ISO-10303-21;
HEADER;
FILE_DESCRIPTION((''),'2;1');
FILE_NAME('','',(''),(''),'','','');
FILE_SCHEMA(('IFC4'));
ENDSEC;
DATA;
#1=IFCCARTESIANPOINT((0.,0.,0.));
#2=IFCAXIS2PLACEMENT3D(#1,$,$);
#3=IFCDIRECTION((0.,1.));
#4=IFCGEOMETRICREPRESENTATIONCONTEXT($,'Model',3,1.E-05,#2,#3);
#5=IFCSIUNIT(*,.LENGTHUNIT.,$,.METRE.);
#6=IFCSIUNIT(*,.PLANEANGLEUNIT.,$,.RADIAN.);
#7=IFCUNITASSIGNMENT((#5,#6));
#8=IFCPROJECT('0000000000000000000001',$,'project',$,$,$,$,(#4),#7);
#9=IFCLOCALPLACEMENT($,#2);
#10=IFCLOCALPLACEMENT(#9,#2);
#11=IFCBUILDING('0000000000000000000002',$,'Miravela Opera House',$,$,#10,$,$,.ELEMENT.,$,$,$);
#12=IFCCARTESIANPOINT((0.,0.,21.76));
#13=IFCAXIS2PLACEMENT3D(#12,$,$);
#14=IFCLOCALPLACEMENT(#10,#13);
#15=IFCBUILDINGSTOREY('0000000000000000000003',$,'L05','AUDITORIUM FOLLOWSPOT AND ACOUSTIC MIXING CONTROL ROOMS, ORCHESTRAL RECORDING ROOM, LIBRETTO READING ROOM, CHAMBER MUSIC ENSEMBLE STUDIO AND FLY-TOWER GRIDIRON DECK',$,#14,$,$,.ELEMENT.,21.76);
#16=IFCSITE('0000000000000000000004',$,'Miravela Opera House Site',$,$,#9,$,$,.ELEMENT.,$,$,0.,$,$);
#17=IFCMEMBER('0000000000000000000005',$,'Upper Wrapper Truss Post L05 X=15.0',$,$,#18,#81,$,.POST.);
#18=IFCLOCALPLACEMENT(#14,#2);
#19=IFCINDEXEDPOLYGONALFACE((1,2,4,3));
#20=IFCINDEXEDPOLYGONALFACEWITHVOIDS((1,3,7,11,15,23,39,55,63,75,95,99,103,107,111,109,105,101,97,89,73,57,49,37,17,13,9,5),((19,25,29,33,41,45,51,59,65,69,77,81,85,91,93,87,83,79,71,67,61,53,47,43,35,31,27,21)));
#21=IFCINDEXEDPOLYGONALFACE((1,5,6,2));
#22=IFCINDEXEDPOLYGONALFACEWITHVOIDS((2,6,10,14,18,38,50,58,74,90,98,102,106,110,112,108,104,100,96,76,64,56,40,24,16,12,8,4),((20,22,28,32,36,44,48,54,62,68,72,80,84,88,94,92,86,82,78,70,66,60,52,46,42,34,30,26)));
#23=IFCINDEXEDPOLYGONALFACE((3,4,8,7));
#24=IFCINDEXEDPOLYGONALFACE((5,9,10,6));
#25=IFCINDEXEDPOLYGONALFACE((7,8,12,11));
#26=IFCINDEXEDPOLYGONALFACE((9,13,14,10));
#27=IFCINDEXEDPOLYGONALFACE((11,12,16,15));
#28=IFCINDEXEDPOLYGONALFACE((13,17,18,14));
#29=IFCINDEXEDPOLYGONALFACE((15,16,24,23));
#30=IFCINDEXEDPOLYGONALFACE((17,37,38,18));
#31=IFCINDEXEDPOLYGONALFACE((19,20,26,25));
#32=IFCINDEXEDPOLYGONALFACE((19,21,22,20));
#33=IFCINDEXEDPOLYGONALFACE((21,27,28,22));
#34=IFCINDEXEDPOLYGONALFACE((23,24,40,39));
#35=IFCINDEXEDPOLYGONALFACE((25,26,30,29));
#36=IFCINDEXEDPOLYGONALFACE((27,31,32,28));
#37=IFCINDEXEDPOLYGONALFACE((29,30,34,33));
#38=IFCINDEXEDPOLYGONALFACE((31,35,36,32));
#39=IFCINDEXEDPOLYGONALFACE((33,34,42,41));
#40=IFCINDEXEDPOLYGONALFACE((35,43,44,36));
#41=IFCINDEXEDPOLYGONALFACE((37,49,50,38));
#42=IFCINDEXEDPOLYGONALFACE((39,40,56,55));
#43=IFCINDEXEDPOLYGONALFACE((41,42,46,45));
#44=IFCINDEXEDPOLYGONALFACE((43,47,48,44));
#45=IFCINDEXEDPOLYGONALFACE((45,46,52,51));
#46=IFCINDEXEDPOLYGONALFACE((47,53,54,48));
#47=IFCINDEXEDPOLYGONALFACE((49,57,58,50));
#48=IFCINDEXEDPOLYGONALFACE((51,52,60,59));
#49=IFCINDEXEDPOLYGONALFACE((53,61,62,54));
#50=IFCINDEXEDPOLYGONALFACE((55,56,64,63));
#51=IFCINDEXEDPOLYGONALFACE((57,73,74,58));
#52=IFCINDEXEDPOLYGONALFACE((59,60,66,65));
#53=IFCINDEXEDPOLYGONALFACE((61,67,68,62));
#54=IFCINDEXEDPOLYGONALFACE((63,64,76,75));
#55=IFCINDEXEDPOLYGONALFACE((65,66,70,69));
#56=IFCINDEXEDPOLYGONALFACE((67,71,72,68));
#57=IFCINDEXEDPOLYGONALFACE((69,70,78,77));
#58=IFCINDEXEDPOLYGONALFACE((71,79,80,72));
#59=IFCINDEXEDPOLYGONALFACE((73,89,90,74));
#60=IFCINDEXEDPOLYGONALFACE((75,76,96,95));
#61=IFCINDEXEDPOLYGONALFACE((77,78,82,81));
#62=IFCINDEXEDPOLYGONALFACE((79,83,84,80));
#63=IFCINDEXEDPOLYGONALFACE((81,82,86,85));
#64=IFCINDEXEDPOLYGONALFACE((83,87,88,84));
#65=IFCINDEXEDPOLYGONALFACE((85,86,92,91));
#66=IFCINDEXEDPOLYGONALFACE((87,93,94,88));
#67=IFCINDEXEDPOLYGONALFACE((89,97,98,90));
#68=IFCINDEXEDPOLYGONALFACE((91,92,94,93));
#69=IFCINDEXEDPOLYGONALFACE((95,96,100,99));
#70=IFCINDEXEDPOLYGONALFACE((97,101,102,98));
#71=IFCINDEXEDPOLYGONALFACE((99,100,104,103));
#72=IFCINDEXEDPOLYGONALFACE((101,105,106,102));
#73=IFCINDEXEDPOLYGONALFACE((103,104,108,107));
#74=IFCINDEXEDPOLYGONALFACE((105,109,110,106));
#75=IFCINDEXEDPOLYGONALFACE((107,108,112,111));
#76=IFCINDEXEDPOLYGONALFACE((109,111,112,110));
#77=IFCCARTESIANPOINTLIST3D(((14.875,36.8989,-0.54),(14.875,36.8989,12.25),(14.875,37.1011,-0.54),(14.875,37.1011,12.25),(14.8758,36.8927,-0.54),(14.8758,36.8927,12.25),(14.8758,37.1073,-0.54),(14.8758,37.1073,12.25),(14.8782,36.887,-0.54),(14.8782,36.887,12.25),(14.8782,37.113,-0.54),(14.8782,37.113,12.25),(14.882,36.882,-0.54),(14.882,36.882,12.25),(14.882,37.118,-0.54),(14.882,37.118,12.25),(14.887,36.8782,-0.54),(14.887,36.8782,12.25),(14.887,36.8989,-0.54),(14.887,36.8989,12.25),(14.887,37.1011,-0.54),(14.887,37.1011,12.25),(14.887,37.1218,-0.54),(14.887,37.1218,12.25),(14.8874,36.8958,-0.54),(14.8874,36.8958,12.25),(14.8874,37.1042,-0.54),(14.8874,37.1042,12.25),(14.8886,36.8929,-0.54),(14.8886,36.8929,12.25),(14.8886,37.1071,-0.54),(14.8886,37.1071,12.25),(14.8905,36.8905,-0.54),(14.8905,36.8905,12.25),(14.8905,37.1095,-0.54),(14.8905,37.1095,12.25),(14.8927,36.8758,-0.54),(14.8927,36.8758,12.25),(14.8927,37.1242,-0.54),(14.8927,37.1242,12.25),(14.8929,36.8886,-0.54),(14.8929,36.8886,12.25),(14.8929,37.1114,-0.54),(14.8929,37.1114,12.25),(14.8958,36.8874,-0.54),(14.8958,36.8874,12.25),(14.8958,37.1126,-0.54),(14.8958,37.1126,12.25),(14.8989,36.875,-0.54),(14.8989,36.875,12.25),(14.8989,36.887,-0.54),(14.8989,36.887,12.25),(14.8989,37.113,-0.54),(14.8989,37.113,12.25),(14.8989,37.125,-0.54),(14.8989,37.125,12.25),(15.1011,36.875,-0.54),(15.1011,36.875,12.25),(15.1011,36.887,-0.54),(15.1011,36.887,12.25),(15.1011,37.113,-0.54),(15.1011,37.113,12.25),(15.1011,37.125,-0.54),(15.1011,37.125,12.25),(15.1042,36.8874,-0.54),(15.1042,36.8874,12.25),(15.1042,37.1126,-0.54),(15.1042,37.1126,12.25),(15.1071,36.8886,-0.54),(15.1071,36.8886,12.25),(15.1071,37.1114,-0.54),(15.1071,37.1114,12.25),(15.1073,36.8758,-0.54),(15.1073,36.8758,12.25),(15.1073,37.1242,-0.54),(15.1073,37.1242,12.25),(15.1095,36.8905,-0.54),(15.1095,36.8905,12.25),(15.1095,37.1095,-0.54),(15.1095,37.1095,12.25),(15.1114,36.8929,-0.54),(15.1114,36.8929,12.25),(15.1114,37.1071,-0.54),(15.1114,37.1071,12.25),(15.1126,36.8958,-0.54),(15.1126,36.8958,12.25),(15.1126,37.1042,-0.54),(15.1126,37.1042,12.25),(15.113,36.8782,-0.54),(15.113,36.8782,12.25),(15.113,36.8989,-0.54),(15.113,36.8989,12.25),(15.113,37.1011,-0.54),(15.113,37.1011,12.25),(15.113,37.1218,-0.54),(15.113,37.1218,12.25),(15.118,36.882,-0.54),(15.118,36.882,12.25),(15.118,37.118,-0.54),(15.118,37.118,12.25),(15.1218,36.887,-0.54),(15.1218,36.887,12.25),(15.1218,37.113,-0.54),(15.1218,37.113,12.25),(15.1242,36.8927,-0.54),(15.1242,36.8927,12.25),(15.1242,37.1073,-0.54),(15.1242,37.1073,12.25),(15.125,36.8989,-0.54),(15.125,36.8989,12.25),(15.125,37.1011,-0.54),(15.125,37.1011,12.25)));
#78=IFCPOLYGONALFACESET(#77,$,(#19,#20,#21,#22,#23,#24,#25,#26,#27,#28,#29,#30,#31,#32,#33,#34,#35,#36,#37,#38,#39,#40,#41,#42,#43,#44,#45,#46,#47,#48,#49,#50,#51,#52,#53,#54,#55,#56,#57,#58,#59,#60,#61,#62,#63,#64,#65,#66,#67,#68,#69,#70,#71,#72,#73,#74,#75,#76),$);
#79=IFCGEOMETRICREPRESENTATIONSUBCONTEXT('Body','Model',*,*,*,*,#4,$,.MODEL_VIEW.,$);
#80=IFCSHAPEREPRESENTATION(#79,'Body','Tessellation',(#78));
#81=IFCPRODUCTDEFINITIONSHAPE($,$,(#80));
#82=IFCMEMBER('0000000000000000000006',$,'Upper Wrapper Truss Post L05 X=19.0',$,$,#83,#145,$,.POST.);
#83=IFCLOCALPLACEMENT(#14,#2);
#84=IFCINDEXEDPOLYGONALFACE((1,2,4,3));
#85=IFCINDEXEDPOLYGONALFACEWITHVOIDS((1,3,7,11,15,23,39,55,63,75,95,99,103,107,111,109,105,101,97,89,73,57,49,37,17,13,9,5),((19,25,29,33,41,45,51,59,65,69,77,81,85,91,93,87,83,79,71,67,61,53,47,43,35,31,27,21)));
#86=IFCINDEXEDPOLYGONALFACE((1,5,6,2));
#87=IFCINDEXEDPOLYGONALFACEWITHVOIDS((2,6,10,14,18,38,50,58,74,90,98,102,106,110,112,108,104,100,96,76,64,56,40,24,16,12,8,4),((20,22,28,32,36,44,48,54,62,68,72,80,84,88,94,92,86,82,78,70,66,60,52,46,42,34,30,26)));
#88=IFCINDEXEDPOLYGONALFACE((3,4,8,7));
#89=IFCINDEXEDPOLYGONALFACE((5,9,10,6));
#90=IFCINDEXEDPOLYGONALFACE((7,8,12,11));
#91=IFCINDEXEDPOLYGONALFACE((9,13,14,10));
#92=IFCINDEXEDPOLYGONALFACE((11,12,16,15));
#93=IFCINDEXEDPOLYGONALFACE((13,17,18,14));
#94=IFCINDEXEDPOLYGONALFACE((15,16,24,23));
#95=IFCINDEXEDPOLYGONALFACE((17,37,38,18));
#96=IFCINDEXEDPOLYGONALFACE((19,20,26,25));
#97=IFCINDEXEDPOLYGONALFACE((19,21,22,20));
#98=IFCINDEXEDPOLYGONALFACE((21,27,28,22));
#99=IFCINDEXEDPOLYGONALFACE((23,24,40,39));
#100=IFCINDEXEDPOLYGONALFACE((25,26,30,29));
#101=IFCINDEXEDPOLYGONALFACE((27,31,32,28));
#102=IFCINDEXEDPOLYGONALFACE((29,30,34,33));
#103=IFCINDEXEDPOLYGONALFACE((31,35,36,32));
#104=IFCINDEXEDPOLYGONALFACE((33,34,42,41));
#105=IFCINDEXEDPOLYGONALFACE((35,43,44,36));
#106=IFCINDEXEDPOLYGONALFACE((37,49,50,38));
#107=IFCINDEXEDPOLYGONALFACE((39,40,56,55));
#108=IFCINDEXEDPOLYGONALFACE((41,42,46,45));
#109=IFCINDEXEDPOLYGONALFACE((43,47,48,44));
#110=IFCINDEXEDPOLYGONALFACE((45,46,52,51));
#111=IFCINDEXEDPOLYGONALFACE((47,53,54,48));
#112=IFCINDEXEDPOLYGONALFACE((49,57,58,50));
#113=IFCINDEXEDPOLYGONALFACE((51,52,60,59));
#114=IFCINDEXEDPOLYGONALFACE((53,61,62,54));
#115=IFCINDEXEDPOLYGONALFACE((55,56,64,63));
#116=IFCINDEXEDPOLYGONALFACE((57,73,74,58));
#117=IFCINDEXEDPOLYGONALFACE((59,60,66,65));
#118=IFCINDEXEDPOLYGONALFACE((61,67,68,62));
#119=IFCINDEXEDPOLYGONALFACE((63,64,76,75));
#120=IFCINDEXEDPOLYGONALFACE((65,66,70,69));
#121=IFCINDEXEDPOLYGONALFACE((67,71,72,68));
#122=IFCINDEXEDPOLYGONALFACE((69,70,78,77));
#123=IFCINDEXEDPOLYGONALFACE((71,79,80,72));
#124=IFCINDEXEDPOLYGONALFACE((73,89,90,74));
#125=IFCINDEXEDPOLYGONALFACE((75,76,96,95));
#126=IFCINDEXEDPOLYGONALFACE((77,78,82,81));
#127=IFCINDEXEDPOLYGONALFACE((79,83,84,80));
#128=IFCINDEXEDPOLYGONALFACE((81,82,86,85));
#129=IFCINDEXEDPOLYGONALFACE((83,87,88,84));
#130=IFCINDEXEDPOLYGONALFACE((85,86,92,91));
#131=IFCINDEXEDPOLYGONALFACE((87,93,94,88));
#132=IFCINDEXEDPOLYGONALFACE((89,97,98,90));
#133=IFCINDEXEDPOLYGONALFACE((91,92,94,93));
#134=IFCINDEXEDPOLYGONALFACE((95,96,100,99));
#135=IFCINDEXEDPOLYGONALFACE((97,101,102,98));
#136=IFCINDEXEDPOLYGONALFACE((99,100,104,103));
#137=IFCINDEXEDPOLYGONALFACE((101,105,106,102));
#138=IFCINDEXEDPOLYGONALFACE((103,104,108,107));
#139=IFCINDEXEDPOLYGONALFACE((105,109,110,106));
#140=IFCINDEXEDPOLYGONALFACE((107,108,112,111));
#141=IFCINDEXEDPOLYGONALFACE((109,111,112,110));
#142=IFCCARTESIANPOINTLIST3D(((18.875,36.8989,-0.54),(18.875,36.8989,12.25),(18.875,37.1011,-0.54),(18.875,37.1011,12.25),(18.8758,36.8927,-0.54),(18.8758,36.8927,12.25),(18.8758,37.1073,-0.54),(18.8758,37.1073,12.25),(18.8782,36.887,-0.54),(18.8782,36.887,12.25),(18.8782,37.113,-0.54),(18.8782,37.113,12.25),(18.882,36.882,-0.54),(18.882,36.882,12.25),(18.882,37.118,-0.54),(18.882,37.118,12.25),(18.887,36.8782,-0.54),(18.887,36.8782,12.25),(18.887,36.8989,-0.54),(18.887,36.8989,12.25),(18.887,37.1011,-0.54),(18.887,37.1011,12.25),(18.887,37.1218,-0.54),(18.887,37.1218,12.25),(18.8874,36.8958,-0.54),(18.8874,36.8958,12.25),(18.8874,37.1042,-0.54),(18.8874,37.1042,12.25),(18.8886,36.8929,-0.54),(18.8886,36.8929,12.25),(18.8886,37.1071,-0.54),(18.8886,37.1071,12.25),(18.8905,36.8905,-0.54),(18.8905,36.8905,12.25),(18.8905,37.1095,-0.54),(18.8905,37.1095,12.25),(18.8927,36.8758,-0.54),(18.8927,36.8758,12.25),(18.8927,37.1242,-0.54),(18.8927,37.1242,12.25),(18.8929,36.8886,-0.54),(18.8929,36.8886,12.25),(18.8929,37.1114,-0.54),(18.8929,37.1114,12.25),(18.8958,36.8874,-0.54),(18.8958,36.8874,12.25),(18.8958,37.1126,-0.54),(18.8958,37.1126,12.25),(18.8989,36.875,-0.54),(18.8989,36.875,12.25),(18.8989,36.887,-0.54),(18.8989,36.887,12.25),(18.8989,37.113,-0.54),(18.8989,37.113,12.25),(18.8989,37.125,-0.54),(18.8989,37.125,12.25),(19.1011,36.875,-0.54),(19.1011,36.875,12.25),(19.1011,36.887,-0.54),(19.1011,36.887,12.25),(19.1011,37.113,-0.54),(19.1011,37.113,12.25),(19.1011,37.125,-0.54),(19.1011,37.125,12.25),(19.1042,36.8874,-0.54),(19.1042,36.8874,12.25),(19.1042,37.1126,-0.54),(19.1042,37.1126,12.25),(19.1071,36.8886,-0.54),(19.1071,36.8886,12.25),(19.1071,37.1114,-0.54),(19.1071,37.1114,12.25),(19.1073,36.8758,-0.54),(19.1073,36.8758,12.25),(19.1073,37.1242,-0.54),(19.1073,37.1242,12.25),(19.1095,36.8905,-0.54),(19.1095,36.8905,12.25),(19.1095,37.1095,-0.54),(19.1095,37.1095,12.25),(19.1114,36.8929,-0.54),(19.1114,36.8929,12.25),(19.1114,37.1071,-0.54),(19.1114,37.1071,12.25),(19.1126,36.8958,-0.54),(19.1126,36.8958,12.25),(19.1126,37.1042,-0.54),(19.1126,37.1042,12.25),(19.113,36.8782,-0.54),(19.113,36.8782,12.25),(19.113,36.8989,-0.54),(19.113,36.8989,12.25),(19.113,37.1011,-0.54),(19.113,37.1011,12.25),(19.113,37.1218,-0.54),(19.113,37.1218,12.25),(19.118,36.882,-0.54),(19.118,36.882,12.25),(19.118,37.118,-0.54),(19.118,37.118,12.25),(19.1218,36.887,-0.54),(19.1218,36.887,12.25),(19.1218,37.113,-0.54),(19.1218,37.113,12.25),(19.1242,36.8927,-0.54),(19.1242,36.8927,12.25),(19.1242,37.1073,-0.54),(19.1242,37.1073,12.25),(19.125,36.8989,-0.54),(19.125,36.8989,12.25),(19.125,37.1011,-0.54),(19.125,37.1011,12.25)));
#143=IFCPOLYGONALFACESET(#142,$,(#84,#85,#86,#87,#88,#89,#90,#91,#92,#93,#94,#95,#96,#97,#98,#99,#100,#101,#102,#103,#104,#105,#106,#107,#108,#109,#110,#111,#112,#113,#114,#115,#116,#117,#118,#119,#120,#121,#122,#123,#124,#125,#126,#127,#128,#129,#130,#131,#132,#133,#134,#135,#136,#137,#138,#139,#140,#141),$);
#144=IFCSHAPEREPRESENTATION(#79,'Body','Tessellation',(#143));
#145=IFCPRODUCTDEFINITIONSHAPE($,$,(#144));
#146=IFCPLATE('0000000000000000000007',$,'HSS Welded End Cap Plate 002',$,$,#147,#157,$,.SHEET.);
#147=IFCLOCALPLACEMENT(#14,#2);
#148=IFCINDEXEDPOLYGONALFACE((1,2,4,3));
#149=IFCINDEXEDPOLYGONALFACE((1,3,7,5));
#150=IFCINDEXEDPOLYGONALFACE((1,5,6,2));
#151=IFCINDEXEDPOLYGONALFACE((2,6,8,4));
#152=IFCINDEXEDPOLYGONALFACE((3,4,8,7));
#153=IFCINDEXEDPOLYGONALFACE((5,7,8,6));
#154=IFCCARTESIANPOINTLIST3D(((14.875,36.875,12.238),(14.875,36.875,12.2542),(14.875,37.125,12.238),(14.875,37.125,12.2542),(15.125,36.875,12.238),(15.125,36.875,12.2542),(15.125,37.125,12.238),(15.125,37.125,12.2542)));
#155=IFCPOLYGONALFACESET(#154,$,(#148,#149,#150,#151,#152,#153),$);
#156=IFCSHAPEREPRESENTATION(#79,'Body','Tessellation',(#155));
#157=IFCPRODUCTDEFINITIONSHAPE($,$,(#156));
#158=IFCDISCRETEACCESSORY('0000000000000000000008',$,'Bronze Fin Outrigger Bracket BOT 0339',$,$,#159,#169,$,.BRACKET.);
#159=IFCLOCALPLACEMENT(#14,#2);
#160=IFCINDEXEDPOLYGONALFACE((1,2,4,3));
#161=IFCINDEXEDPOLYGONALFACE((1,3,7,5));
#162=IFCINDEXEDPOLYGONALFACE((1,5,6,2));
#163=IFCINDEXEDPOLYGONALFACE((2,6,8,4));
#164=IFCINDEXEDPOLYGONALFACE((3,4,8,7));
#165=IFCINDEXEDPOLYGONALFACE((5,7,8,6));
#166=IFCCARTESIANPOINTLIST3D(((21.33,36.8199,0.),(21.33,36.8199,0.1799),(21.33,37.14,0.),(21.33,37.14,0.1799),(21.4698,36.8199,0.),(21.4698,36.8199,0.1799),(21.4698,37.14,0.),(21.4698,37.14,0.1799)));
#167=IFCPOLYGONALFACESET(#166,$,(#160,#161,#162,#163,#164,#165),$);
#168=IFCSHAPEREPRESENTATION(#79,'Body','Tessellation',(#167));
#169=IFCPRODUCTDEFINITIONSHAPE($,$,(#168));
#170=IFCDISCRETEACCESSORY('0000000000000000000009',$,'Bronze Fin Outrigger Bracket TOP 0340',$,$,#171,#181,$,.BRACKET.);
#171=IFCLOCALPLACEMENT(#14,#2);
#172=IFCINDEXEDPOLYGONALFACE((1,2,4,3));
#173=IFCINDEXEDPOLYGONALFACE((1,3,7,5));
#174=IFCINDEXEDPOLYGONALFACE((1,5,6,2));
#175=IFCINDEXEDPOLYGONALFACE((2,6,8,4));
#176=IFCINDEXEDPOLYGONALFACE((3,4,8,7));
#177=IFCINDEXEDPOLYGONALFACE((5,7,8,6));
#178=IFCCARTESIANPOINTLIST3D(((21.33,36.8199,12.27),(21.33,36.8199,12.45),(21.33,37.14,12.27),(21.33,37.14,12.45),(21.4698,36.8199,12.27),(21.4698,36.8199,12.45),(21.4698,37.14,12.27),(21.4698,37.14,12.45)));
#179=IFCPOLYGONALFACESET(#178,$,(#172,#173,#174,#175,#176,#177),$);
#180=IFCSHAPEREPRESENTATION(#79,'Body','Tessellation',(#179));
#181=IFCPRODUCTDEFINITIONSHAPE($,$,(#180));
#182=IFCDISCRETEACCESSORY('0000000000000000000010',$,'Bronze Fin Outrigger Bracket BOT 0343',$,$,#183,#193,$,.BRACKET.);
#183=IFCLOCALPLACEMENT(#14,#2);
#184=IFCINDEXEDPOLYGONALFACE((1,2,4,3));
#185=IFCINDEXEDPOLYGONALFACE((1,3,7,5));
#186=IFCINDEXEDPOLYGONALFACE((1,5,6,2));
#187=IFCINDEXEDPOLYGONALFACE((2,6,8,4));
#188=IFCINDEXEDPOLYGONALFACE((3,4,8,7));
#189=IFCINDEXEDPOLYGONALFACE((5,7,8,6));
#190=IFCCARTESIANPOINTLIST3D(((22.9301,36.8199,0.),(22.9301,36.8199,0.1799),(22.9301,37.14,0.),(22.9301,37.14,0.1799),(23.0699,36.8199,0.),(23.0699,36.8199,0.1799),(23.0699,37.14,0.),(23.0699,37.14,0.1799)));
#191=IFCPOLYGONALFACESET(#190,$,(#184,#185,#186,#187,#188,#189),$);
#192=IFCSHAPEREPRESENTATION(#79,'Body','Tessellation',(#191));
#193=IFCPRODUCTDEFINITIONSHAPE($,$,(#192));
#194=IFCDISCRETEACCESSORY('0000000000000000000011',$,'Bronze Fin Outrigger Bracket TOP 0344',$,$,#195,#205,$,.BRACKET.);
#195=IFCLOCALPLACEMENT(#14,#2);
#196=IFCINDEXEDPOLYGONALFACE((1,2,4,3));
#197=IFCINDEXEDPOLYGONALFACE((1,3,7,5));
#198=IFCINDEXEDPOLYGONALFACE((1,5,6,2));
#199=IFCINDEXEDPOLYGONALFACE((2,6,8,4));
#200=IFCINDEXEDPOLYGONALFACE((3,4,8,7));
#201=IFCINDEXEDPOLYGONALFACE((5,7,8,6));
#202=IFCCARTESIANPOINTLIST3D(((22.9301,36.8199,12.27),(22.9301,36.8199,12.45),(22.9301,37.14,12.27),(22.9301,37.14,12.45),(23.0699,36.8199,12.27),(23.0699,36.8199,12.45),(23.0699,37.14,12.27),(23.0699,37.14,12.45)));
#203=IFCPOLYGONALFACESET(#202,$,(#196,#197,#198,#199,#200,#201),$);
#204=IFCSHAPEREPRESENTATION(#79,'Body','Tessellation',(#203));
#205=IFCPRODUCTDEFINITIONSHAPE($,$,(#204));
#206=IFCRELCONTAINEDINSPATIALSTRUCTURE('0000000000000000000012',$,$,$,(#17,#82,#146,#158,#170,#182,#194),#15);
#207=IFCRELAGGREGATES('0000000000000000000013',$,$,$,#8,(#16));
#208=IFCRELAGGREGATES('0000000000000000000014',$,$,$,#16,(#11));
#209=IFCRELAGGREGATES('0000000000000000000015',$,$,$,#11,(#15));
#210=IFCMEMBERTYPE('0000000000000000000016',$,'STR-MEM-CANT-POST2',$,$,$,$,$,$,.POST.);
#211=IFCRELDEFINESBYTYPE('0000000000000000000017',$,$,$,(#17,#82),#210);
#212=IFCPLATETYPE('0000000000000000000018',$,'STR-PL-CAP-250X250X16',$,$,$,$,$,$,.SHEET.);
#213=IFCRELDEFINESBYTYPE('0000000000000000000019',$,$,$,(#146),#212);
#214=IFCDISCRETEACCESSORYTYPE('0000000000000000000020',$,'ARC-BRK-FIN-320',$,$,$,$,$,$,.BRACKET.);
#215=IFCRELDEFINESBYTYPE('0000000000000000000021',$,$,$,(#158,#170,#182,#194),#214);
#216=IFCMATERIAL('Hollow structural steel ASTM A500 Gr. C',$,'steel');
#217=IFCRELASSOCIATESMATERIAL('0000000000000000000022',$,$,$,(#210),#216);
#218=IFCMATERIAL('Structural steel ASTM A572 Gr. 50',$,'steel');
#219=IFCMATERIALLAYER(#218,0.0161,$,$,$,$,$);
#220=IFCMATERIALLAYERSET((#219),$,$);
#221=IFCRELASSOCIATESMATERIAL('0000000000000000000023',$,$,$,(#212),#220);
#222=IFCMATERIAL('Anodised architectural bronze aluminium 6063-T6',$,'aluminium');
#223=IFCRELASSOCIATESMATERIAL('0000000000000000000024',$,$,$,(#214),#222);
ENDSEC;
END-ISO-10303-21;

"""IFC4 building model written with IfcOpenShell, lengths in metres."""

from ifc_helpers import new_model, si_unit, direction, frame, origin, origin_2d, place, context, subcontext, project, spatial, rectangle, hollow_rectangle, extrude, material, layer, layer_set, material_profile, profile_set, type_object, element, save


model = new_model("IFC4")

# Units and contexts
model_context = context("Model", 3, precision=1e-05, world=origin(), true_north=direction((0.0, 1.0)))
body_context = subcontext(model_context, "Body", "Model", "MODEL_VIEW")
ifc_project = project(units=[si_unit("LENGTHUNIT", "METRE"), si_unit("PLANEANGLEUNIT", "RADIAN")], contexts=[model_context])

# Site, building, storey
site_placement = place(None, origin())
site = spatial("IfcSite", under=ifc_project, at=site_placement, Name="Miravela Opera House Site", CompositionType="ELEMENT", RefElevation=0.0)
building_placement = place(site_placement, origin())
building = spatial("IfcBuilding", under=site, at=building_placement, Name="Miravela Opera House", CompositionType="ELEMENT")
storey_placement = place(building_placement, frame((0.0, 0.0, 21.76)))
storey = spatial("IfcBuildingStorey", under=building, at=storey_placement, Name="L05", Description="AUDITORIUM FOLLOWSPOT AND ACOUSTIC MIXING CONTROL ROOMS, ORCHESTRAL RECORDING ROOM, LIBRETTO READING ROOM, CHAMBER MUSIC ENSEMBLE STUDIO AND FLY-TOWER GRIDIRON DECK", CompositionType="ELEMENT", Elevation=21.76)

# Members
ifc_material_1 = material(Name="Hollow structural steel ASTM A500 Gr. C", Category="steel")
ifc_material_profile_1 = material_profile(ifc_material_1, hollow_rectangle(XDim=0.25, YDim=0.25, WallThickness=0.012, InnerFilletRadius=0.012, OuterFilletRadius=0.0239, at=origin_2d()), Name="HSS250X250X12")
ifc_profile_set_1 = profile_set([ifc_material_profile_1])
member_type = type_object("IfcMemberType", Name="STR-MEM-CANT-POST2", PredefinedType="POST", material=ifc_profile_set_1)
for number, where, z_axis, x_axis, name in (
    (1, (15.0, 37.0, -0.54), (0.0, 0.0, 1.0), (1.0, 0.0, 0.0), "Upper Wrapper Truss Post L05 X=15.0"),
    (2, (19.0, 37.0, -0.54), (0.0, 0.0, 1.0), (1.0, 0.0, 0.0), "Upper Wrapper Truss Post L05 X=19.0"),
):
    element("IfcMember", number, at=place(storey_placement, frame(where, z_axis=z_axis, x_axis=x_axis)), inside=storey, type_object=member_type, Name=name, PredefinedType="POST", context=body_context, shape_type="SweptSolid", body=[
        extrude(hollow_rectangle(XDim=0.25, YDim=0.25, WallThickness=0.012, InnerFilletRadius=0.012, OuterFilletRadius=0.0239, at=origin_2d()), origin(), (0.0, 0.0, 1.0), 12.79),
    ])

# Plate
ifc_material_2 = material(Name="Structural steel ASTM A572 Gr. 50", Category="steel")
ifc_layer = layer(ifc_material_2, 0.0161)
ifc_layer_set = layer_set([ifc_layer])
plate_type = type_object("IfcPlateType", Name="STR-PL-CAP-250X250X16", PredefinedType="SHEET", material=ifc_layer_set)
plate_placement = place(storey_placement, frame((15.0, 37.0, 12.238), z_axis=(0.0, 0.0, 1.0), x_axis=(1.0, 0.0, 0.0)))
element("IfcPlate", 3, at=plate_placement, inside=storey, type_object=plate_type, Name="HSS Welded End Cap Plate 002", PredefinedType="SHEET", context=body_context, shape_type="SweptSolid", body=[
    extrude(rectangle(XDim=0.25, YDim=0.25, at=origin_2d()), origin(), (0.0, 0.0, 1.0), 0.0161),
])

# Discrete accessories
ifc_material_3 = material(Name="Anodised architectural bronze aluminium 6063-T6", Category="aluminium")
discrete_accessory_type = type_object("IfcDiscreteAccessoryType", Name="ARC-BRK-FIN-320", PredefinedType="BRACKET", material=ifc_material_3)
for number, where, z_axis, x_axis, name in (
    (4, (21.3999, 36.98, 0.0), (0.0, 0.0, 1.0), (0.0, 1.0, 0.0), "Bronze Fin Outrigger Bracket BOT 0339"),
    (5, (21.3999, 36.98, 12.27), (0.0, 0.0, 1.0), (0.0, 1.0, 0.0), "Bronze Fin Outrigger Bracket TOP 0340"),
    (6, (23.0, 36.98, 0.0), (0.0, 0.0, 1.0), (0.0, 1.0, 0.0), "Bronze Fin Outrigger Bracket BOT 0343"),
    (7, (23.0, 36.98, 12.27), (0.0, 0.0, 1.0), (0.0, 1.0, 0.0), "Bronze Fin Outrigger Bracket TOP 0344"),
):
    element("IfcDiscreteAccessory", number, at=place(storey_placement, frame(where, z_axis=z_axis, x_axis=x_axis)), inside=storey, type_object=discrete_accessory_type, Name=name, PredefinedType="BRACKET", context=body_context, shape_type="SweptSolid", body=[
        extrude(rectangle(XDim=0.3201, YDim=0.1399, at=origin_2d()), origin(), (0.0, 0.0, 1.0), 0.1799),
    ])

save(model, "model.ifc")
